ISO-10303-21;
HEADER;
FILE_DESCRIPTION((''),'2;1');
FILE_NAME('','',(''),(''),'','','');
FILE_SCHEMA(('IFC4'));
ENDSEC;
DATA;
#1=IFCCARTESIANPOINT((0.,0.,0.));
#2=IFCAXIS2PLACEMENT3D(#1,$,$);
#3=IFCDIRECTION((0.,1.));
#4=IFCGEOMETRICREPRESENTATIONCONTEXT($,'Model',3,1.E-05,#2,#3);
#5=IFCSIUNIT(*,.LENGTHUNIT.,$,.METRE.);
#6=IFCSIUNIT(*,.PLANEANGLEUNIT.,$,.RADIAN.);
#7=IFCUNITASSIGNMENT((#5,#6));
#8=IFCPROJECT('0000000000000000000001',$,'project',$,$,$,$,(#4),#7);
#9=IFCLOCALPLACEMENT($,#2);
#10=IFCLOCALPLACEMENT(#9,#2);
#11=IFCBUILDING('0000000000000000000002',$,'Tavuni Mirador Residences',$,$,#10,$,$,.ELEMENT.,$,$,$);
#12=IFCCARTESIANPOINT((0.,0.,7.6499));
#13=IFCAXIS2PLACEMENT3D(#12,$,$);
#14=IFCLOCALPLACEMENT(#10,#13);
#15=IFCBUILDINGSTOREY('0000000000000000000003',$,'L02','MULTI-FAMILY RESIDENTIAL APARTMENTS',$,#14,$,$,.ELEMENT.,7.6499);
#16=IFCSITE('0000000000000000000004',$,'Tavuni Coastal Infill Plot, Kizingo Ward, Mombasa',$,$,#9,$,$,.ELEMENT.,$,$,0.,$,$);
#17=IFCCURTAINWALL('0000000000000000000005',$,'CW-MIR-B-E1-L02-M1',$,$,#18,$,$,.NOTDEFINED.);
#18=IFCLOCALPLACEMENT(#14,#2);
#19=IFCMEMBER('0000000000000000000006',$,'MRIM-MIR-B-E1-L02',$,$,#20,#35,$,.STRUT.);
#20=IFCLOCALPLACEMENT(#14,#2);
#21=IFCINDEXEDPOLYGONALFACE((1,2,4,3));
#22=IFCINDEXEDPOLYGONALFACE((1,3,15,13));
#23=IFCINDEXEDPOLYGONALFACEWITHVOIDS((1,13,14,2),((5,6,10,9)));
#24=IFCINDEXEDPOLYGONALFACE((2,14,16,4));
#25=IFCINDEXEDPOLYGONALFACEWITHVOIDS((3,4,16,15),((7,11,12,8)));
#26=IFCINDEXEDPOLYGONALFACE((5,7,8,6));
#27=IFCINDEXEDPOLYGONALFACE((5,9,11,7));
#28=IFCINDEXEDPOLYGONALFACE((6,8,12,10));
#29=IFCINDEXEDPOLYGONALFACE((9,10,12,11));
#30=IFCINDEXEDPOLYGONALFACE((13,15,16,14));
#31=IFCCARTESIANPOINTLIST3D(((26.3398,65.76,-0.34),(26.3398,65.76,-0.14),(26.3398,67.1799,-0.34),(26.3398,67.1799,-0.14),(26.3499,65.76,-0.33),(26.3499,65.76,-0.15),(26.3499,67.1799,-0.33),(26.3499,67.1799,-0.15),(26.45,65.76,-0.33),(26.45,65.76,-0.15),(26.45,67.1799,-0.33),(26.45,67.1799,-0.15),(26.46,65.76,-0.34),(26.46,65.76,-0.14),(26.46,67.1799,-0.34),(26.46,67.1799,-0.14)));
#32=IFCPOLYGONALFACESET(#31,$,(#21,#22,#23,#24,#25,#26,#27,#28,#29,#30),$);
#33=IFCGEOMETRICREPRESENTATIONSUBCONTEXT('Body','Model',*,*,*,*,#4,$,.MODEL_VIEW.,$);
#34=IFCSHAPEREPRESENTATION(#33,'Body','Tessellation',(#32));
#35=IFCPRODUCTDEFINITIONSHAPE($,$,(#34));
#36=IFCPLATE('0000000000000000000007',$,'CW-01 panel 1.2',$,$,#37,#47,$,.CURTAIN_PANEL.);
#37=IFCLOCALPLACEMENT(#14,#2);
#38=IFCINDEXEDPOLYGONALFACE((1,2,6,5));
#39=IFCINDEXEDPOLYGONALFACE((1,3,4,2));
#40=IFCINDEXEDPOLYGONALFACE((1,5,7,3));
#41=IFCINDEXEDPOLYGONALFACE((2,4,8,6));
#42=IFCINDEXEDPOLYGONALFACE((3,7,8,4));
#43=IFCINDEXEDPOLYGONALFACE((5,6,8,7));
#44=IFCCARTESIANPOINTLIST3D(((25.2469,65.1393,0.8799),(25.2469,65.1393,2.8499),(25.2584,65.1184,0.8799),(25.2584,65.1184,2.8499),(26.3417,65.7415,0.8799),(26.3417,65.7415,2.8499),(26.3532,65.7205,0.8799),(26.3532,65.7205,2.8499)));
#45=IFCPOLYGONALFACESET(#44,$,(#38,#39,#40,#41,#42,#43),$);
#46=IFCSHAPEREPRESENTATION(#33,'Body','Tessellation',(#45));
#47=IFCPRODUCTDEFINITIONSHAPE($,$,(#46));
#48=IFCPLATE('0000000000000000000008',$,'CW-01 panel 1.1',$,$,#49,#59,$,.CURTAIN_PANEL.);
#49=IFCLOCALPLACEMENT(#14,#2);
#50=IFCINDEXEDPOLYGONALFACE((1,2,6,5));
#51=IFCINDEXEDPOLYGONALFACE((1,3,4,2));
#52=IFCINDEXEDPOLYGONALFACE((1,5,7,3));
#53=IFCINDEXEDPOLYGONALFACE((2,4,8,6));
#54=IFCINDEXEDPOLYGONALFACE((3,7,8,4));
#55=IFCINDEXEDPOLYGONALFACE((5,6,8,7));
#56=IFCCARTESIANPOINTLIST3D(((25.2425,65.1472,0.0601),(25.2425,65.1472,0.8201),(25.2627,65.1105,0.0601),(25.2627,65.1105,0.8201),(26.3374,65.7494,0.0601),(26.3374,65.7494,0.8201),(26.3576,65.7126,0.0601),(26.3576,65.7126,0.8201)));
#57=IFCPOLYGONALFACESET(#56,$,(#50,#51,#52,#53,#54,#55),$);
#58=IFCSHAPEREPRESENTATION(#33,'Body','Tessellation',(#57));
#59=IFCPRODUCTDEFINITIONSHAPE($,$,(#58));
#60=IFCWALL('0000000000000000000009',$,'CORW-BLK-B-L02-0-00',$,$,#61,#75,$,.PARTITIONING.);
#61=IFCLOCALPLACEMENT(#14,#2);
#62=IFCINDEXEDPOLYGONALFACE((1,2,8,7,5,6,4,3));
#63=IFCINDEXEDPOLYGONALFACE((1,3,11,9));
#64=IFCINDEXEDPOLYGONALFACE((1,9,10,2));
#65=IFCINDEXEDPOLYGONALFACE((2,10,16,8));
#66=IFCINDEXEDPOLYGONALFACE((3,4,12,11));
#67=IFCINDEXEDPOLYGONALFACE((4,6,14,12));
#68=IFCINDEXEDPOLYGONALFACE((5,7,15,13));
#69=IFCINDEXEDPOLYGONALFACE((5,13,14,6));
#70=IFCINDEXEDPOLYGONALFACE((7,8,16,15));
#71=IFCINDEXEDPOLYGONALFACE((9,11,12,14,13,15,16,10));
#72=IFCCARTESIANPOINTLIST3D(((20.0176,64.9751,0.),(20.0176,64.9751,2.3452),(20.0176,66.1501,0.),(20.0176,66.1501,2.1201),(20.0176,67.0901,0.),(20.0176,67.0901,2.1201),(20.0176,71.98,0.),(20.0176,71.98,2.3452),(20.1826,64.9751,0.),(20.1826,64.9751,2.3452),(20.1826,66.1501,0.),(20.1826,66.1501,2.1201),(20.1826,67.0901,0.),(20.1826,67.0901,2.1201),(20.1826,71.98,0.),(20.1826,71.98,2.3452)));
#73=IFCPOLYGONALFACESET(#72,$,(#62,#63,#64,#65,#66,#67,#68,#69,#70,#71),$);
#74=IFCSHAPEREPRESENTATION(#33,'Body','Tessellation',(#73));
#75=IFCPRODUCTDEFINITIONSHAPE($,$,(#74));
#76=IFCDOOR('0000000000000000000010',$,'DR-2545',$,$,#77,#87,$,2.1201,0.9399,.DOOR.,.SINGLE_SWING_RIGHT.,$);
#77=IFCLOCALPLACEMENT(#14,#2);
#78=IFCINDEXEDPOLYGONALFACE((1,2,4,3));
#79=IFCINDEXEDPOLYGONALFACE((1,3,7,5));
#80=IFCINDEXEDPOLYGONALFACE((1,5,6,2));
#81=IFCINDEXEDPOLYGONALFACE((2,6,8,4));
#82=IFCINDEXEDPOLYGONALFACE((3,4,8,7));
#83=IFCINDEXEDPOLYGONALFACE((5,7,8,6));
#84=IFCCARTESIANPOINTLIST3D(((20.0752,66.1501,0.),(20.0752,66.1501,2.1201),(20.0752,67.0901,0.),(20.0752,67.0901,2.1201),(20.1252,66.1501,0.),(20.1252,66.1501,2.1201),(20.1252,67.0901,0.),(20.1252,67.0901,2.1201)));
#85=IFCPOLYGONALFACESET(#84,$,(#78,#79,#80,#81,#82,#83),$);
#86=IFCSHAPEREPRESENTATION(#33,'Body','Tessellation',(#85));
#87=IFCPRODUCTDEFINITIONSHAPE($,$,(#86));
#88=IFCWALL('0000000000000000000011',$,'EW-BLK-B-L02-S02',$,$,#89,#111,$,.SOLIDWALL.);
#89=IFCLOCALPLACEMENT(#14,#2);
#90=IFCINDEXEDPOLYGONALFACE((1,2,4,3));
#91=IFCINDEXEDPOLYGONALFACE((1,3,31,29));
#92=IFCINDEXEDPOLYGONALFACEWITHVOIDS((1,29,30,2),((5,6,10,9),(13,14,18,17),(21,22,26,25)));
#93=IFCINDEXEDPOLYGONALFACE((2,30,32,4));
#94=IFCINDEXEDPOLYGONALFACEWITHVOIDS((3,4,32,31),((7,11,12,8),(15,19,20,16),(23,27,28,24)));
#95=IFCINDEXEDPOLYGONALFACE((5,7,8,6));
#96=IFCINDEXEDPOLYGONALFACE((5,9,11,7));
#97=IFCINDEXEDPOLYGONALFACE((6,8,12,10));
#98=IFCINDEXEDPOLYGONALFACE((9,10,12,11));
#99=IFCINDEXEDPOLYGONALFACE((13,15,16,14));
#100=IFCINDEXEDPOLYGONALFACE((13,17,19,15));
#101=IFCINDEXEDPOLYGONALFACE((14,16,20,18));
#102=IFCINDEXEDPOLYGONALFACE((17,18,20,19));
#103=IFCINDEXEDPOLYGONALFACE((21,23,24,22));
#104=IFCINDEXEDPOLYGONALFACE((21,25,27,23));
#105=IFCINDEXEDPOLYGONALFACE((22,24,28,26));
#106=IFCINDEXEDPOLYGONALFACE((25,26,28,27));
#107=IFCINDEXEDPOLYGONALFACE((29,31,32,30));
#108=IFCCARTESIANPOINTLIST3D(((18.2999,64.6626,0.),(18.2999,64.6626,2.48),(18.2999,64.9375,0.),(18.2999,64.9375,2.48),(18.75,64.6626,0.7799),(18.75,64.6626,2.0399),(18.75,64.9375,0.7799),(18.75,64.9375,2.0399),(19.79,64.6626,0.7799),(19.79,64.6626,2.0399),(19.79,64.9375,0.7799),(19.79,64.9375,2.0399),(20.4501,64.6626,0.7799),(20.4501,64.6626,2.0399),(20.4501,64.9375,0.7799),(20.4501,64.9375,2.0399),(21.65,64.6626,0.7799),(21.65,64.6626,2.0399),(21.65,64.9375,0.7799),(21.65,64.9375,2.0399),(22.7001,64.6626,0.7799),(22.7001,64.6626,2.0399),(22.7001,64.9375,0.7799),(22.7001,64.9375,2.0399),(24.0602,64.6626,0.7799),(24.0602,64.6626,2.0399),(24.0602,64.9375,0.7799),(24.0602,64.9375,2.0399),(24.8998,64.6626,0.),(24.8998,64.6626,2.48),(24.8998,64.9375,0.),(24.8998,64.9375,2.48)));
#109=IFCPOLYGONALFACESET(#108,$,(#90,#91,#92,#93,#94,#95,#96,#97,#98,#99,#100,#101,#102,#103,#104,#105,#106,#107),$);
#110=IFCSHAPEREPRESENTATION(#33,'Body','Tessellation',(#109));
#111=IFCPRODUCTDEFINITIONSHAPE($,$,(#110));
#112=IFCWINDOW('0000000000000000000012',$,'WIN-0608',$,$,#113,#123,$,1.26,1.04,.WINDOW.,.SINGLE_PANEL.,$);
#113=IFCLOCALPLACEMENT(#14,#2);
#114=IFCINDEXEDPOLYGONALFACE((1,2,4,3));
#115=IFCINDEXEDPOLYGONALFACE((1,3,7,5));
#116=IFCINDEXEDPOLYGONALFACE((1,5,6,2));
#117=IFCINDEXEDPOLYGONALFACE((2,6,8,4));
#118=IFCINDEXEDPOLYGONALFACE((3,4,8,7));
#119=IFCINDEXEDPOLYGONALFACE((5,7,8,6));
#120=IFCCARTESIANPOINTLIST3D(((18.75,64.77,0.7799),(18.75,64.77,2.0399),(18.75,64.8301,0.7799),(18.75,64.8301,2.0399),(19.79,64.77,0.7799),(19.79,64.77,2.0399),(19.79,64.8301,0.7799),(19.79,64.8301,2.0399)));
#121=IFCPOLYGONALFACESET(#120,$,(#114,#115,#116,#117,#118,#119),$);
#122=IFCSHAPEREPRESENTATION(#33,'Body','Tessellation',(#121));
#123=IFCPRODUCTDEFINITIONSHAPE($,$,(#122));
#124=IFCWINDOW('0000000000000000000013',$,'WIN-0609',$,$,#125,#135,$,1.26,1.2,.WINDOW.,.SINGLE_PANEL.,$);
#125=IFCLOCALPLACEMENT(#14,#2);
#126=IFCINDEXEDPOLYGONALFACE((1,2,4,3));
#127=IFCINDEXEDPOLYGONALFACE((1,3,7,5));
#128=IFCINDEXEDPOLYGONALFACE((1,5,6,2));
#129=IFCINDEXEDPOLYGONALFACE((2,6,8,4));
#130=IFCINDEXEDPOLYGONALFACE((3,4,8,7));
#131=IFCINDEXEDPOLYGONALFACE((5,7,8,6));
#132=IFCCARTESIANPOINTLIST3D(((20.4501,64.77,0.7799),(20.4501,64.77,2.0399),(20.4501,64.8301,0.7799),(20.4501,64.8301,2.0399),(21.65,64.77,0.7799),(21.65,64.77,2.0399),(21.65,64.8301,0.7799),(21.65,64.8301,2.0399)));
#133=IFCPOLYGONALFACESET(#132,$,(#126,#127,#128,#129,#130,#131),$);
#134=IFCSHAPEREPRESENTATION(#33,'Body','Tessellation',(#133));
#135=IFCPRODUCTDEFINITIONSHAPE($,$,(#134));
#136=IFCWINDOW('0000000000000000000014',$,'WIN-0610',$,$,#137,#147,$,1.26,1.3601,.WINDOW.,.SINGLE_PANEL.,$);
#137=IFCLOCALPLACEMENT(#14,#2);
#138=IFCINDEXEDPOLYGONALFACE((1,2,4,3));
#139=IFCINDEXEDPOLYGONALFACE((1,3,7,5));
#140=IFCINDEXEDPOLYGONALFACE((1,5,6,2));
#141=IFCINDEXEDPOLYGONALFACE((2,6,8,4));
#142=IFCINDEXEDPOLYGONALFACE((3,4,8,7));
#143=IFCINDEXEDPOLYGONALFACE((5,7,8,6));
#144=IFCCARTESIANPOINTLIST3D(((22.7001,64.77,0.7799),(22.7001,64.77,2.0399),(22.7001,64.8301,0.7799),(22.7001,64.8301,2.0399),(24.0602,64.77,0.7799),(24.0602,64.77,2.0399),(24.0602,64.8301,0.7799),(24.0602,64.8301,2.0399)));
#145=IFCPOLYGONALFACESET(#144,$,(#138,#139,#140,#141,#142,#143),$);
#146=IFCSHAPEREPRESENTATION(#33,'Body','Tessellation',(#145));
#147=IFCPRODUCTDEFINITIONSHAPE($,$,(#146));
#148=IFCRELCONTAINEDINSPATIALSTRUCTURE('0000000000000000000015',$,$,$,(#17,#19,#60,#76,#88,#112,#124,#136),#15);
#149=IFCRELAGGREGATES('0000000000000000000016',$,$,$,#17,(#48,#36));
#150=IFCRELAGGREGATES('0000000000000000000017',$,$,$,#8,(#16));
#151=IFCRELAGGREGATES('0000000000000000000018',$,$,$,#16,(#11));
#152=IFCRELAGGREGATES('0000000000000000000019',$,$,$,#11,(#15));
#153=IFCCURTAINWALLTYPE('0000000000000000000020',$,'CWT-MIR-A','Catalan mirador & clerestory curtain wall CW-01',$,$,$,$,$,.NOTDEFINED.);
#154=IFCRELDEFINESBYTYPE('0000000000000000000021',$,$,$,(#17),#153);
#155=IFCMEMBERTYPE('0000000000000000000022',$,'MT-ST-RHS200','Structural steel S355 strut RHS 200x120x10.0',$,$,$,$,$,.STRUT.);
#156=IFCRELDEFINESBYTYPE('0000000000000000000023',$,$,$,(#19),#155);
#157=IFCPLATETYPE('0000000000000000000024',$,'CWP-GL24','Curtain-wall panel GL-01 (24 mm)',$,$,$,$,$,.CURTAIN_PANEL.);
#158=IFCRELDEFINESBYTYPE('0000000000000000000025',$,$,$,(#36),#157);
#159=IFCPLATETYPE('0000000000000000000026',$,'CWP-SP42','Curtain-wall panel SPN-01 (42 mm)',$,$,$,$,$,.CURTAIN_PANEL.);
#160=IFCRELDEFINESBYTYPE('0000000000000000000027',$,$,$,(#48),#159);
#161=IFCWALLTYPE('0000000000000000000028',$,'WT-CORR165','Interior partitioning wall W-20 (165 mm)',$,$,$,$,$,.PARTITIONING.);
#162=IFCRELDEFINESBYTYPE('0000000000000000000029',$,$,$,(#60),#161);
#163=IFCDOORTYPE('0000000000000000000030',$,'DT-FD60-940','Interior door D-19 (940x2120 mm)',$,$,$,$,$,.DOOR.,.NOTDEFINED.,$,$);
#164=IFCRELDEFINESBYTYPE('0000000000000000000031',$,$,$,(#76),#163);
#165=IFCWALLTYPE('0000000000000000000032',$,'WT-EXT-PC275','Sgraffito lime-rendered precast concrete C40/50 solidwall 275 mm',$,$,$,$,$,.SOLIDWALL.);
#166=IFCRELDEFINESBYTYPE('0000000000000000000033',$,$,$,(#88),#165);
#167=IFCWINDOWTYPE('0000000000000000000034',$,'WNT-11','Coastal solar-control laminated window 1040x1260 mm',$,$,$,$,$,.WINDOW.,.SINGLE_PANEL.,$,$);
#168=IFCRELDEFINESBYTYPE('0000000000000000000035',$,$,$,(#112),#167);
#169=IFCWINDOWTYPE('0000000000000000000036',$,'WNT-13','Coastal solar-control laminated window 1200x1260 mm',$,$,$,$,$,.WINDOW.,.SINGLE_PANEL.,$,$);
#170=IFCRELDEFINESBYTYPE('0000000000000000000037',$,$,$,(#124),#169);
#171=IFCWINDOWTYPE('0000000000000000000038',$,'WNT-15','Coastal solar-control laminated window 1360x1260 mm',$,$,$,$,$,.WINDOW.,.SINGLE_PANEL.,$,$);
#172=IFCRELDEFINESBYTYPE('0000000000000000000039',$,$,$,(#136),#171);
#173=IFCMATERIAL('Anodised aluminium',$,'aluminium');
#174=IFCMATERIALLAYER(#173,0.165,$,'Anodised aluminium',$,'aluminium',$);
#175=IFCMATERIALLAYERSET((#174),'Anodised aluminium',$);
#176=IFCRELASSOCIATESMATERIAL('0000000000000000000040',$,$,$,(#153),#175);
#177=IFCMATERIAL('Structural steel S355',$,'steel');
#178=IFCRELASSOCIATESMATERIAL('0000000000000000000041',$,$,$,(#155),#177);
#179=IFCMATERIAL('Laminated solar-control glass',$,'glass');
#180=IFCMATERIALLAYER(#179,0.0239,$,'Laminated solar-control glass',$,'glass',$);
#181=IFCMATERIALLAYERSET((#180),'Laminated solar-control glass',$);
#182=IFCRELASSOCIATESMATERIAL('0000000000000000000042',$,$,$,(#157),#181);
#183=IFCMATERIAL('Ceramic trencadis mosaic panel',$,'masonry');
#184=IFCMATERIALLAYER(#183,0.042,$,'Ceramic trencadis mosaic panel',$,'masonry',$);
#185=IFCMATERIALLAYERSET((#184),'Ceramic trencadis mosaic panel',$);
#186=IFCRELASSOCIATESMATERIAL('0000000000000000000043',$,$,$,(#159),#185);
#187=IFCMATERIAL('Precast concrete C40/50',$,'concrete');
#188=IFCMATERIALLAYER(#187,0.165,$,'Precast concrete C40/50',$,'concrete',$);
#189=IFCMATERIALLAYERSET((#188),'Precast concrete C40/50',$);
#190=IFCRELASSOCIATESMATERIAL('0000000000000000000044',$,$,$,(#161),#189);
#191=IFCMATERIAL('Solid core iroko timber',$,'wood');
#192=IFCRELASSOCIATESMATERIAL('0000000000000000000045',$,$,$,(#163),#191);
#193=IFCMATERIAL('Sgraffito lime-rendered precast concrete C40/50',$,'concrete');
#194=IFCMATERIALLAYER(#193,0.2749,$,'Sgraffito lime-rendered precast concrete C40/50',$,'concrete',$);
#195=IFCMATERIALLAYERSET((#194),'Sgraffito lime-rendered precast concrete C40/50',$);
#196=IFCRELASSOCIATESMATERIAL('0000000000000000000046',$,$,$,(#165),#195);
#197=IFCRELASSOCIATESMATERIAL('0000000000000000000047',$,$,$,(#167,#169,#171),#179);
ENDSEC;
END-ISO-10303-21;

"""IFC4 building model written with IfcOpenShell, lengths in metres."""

from ifc_helpers import new_model, si_unit, direction, frame, frame_2d, origin, origin_2d, place, context, subcontext, project, spatial, rectangle, hollow_rectangle, extrude, material, layer, layer_set, material_profile, profile_set, type_object, element, fill, aggregate, save


model = new_model("IFC4")

# Units and contexts
model_context = context("Model", 3, precision=1e-05, world=origin(), true_north=direction((0.0, 1.0)))
body_context = subcontext(model_context, "Body", "Model", "MODEL_VIEW")
ifc_project = project(units=[si_unit("LENGTHUNIT", "METRE"), si_unit("PLANEANGLEUNIT", "RADIAN")], contexts=[model_context])

# Site, building, storey
site_placement = place(None, origin())
site = spatial("IfcSite", under=ifc_project, at=site_placement, Name="Tavuni Coastal Infill Plot, Kizingo Ward, Mombasa", CompositionType="ELEMENT", RefElevation=0.0)
building_placement = place(site_placement, origin())
building = spatial("IfcBuilding", under=site, at=building_placement, Name="Tavuni Mirador Residences", CompositionType="ELEMENT")
storey_placement = place(building_placement, frame((0.0, 0.0, 7.6499)))
storey = spatial("IfcBuildingStorey", under=building, at=storey_placement, Name="L02", Description="MULTI-FAMILY RESIDENTIAL APARTMENTS", CompositionType="ELEMENT", Elevation=7.6499)

# Shared definitions
ifc_material_1 = material(Name="Precast concrete C40/50", Category="concrete")

# Curtain wall
ifc_material_2 = material(Name="Anodised aluminium", Category="aluminium")
ifc_layer_1 = layer(ifc_material_2, 0.165, Name="Anodised aluminium", Category="aluminium")
ifc_layer_set_1 = layer_set([ifc_layer_1], Name="Anodised aluminium")
curtain_wall_type_1 = type_object("IfcCurtainWallType", Name="CWT-MIR-A", Description="Catalan mirador & clerestory curtain wall CW-01", PredefinedType="NOTDEFINED", material=ifc_layer_set_1)
curtain_wall_1_placement = place(storey_placement, origin())
curtain_wall_1 = element("IfcCurtainWall", 1, at=curtain_wall_1_placement, inside=storey, type_object=curtain_wall_type_1, Name="CW-MIR-B-E1-L02-M1", PredefinedType="NOTDEFINED")

# Member
ifc_material_3 = material(Name="Structural steel S355", Category="steel")
ifc_material_profile_1 = material_profile(ifc_material_3, hollow_rectangle(XDim=0.1201, YDim=0.2, WallThickness=0.01, at=origin_2d()), Name="RHS 200x120x10.0", Category="steel")
ifc_profile_set_1 = profile_set([ifc_material_profile_1], Name="Structural steel S355")
member_type_1 = type_object("IfcMemberType", Name="MT-ST-RHS200", Description="Structural steel S355 strut RHS 200x120x10.0", PredefinedType="STRUT", material=ifc_profile_set_1)
member_1_placement = place(storey_placement, frame((26.3999, 65.76, -0.24), z_axis=(0.0, 1.0, 0.0), x_axis=(-1.0, 0.0, 0.0)))
element("IfcMember", 2, at=member_1_placement, inside=storey, type_object=member_type_1, Name="MRIM-MIR-B-E1-L02", PredefinedType="STRUT", context=body_context, shape_type="SweptSolid", body=[
    extrude(hollow_rectangle(XDim=0.1201, YDim=0.2, WallThickness=0.01, at=origin_2d()), origin(), (0.0, 0.0, 1.0), 1.4199),
])

# Plates
ifc_material_4 = material(Name="Laminated solar-control glass", Category="glass")
ifc_layer_2 = layer(ifc_material_4, 0.0239, Name="Laminated solar-control glass", Category="glass")
ifc_layer_set_2 = layer_set([ifc_layer_2], Name="Laminated solar-control glass")
plate_type_1 = type_object("IfcPlateType", Name="CWP-GL24", Description="Curtain-wall panel GL-01 (24 mm)", PredefinedType="CURTAIN_PANEL", material=ifc_layer_set_2)
plate_1_placement = place(storey_placement, frame((25.8, 65.4299, 0.8799), z_axis=(0.0, 0.0, 1.0), x_axis=(0.876216, 0.481919, 0.0)))
plate_1 = element("IfcPlate", 3, at=plate_1_placement, type_object=plate_type_1, Name="CW-01 panel 1.2", PredefinedType="CURTAIN_PANEL", context=body_context, shape_type="SweptSolid", body=[
    extrude(rectangle(XDim=1.2495, YDim=0.0239, at=origin_2d()), origin(), (0.0, 0.0, 1.0), 1.97),
])
ifc_material_5 = material(Name="Ceramic trencadis mosaic panel", Category="masonry")
ifc_layer_3 = layer(ifc_material_5, 0.042, Name="Ceramic trencadis mosaic panel", Category="masonry")
ifc_layer_set_3 = layer_set([ifc_layer_3], Name="Ceramic trencadis mosaic panel")
plate_type_2 = type_object("IfcPlateType", Name="CWP-SP42", Description="Curtain-wall panel SPN-01 (42 mm)", PredefinedType="CURTAIN_PANEL", material=ifc_layer_set_3)
plate_2_placement = place(storey_placement, frame((25.8, 65.4299, 0.0601), z_axis=(0.0, 0.0, 1.0), x_axis=(0.876216, 0.481919, 0.0)))
plate_2 = element("IfcPlate", 4, at=plate_2_placement, type_object=plate_type_2, Name="CW-01 panel 1.1", PredefinedType="CURTAIN_PANEL", context=body_context, shape_type="SweptSolid", body=[
    extrude(rectangle(XDim=1.2495, YDim=0.042, at=origin_2d()), origin(), (0.0, 0.0, 1.0), 0.76),
])
aggregate(curtain_wall_1, [plate_2, plate_1])

# Wall, opening, door
ifc_layer_4 = layer(ifc_material_1, 0.165, Name="Precast concrete C40/50", Category="concrete")
ifc_layer_set_4 = layer_set([ifc_layer_4], Name="Precast concrete C40/50")
wall_type_1 = type_object("IfcWallType", Name="WT-CORR165", Description="Interior partitioning wall W-20 (165 mm)", PredefinedType="PARTITIONING", material=ifc_layer_set_4)
wall_1_placement = place(storey_placement, frame((20.1001, 64.9751, 0.0), z_axis=(0.0, 0.0, 1.0), x_axis=(0.0, 1.0, 0.0)))
wall_1 = element("IfcWall", 5, at=wall_1_placement, inside=storey, type_object=wall_type_1, Name="CORW-BLK-B-L02-0-00", PredefinedType="PARTITIONING", context=body_context, shape_type="SweptSolid", body=[
    extrude(rectangle(XDim=7.0049, YDim=0.165, at=frame_2d((3.5024, 0.0))), origin(), (0.0, 0.0, 1.0), 2.3452),
])
opening_1_placement = place(wall_1_placement, frame((1.175, 0.0, 0.0)))
opening_1 = element("IfcOpeningElement", 6, at=opening_1_placement, cuts=wall_1, PredefinedType="OPENING", context=body_context, shape_type="SweptSolid", body=[
    extrude(rectangle(XDim=0.9399, YDim=2.1201, at=frame_2d((0.47, 1.0601))), frame((0.0, 0.0925, 0.0), z_axis=(0.0, -1.0, 0.0), x_axis=(1.0, 0.0, 0.0)), (0.0, 0.0, 1.0), 0.1851),
])
ifc_material_6 = material(Name="Solid core iroko timber", Category="wood")
door_type_1 = type_object("IfcDoorType", Name="DT-FD60-940", Description="Interior door D-19 (940x2120 mm)", OperationType="NOTDEFINED", PredefinedType="DOOR", material=ifc_material_6)
door_1_placement = place(opening_1_placement, origin())
door_1 = element("IfcDoor", 7, at=door_1_placement, inside=storey, type_object=door_type_1, Name="DR-2545", OperationType="SINGLE_SWING_RIGHT", OverallHeight=2.1201, OverallWidth=0.9399, PredefinedType="DOOR", context=body_context, shape_type="SweptSolid", body=[
    extrude(rectangle(XDim=0.9399, YDim=2.1201, at=frame_2d((0.47, 1.0601))), frame((0.0, 0.0249, 0.0), z_axis=(0.0, -1.0, 0.0), x_axis=(1.0, 0.0, 0.0)), (0.0, 0.0, 1.0), 0.05),
])
fill(opening_1, door_1)

# Wall, openings, windows
ifc_material_7 = material(Name="Sgraffito lime-rendered precast concrete C40/50", Category="concrete")
ifc_layer_5 = layer(ifc_material_7, 0.2749, Name="Sgraffito lime-rendered precast concrete C40/50", Category="concrete")
ifc_layer_set_5 = layer_set([ifc_layer_5], Name="Sgraffito lime-rendered precast concrete C40/50")
wall_type_2 = type_object("IfcWallType", Name="WT-EXT-PC275", Description="Sgraffito lime-rendered precast concrete C40/50 solidwall 275 mm", PredefinedType="SOLIDWALL", material=ifc_layer_set_5)
wall_2_placement = place(storey_placement, frame((18.3, 64.8, 0.0), z_axis=(0.0, 0.0, 1.0), x_axis=(1.0, 0.0, 0.0)))
wall_2 = element("IfcWall", 8, at=wall_2_placement, inside=storey, type_object=wall_type_2, Name="EW-BLK-B-L02-S02", PredefinedType="SOLIDWALL", context=body_context, shape_type="SweptSolid", body=[
    extrude(rectangle(XDim=6.5999, YDim=0.2749, at=frame_2d((3.2998, 0.0))), origin(), (0.0, 0.0, 1.0), 2.48),
])
opening_2_placement = place(wall_2_placement, frame((0.45, 0.0, 0.78)))
opening_2 = element("IfcOpeningElement", 9, at=opening_2_placement, cuts=wall_2, PredefinedType="OPENING", context=body_context, shape_type="SweptSolid", body=[
    extrude(rectangle(XDim=1.04, YDim=1.26, at=frame_2d((0.52, 0.6299))), frame((0.0, 0.1475, 0.0), z_axis=(0.0, -1.0, 0.0), x_axis=(1.0, 0.0, 0.0)), (0.0, 0.0, 1.0), 0.2949),
])
opening_3_placement = place(wall_2_placement, frame((2.1499, 0.0, 0.78)))
opening_3 = element("IfcOpeningElement", 10, at=opening_3_placement, cuts=wall_2, PredefinedType="OPENING", context=body_context, shape_type="SweptSolid", body=[
    extrude(rectangle(XDim=1.2, YDim=1.26, at=frame_2d((0.6001, 0.6299))), frame((0.0, 0.1475, 0.0), z_axis=(0.0, -1.0, 0.0), x_axis=(1.0, 0.0, 0.0)), (0.0, 0.0, 1.0), 0.2949),
])
opening_4_placement = place(wall_2_placement, frame((4.3999, 0.0, 0.78)))
opening_4 = element("IfcOpeningElement", 11, at=opening_4_placement, cuts=wall_2, PredefinedType="OPENING", context=body_context, shape_type="SweptSolid", body=[
    extrude(rectangle(XDim=1.3601, YDim=1.26, at=frame_2d((0.6802, 0.6299))), frame((0.0, 0.1475, 0.0), z_axis=(0.0, -1.0, 0.0), x_axis=(1.0, 0.0, 0.0)), (0.0, 0.0, 1.0), 0.2949),
])
window_type_1 = type_object("IfcWindowType", Name="WNT-11", Description="Coastal solar-control laminated window 1040x1260 mm", PartitioningType="SINGLE_PANEL", PredefinedType="WINDOW", material=ifc_material_4)
window_1_placement = place(opening_2_placement, origin())
window_1 = element("IfcWindow", 12, at=window_1_placement, inside=storey, type_object=window_type_1, Name="WIN-0608", OverallHeight=1.26, OverallWidth=1.04, PartitioningType="SINGLE_PANEL", PredefinedType="WINDOW", context=body_context, shape_type="SweptSolid", body=[
    extrude(rectangle(XDim=1.04, YDim=1.26, at=frame_2d((0.52, 0.6299))), frame((0.0, 0.03, 0.0), z_axis=(0.0, -1.0, 0.0), x_axis=(1.0, 0.0, 0.0)), (0.0, 0.0, 1.0), 0.0601),
])
fill(opening_2, window_1)
window_type_2 = type_object("IfcWindowType", Name="WNT-13", Description="Coastal solar-control laminated window 1200x1260 mm", PartitioningType="SINGLE_PANEL", PredefinedType="WINDOW", material=ifc_material_4)
window_2_placement = place(opening_3_placement, origin())
window_2 = element("IfcWindow", 13, at=window_2_placement, inside=storey, type_object=window_type_2, Name="WIN-0609", OverallHeight=1.26, OverallWidth=1.2, PartitioningType="SINGLE_PANEL", PredefinedType="WINDOW", context=body_context, shape_type="SweptSolid", body=[
    extrude(rectangle(XDim=1.2, YDim=1.26, at=frame_2d((0.6001, 0.6299))), frame((0.0, 0.03, 0.0), z_axis=(0.0, -1.0, 0.0), x_axis=(1.0, 0.0, 0.0)), (0.0, 0.0, 1.0), 0.0601),
])
fill(opening_3, window_2)
window_type_3 = type_object("IfcWindowType", Name="WNT-15", Description="Coastal solar-control laminated window 1360x1260 mm", PartitioningType="SINGLE_PANEL", PredefinedType="WINDOW", material=ifc_material_4)
window_3_placement = place(opening_4_placement, origin())
window_3 = element("IfcWindow", 14, at=window_3_placement, inside=storey, type_object=window_type_3, Name="WIN-0610", OverallHeight=1.26, OverallWidth=1.3601, PartitioningType="SINGLE_PANEL", PredefinedType="WINDOW", context=body_context, shape_type="SweptSolid", body=[
    extrude(rectangle(XDim=1.3601, YDim=1.26, at=frame_2d((0.6802, 0.6299))), frame((0.0, 0.03, 0.0), z_axis=(0.0, -1.0, 0.0), x_axis=(1.0, 0.0, 0.0)), (0.0, 0.0, 1.0), 0.0601),
])
fill(opening_4, window_3)

save(model, "model.ifc")
